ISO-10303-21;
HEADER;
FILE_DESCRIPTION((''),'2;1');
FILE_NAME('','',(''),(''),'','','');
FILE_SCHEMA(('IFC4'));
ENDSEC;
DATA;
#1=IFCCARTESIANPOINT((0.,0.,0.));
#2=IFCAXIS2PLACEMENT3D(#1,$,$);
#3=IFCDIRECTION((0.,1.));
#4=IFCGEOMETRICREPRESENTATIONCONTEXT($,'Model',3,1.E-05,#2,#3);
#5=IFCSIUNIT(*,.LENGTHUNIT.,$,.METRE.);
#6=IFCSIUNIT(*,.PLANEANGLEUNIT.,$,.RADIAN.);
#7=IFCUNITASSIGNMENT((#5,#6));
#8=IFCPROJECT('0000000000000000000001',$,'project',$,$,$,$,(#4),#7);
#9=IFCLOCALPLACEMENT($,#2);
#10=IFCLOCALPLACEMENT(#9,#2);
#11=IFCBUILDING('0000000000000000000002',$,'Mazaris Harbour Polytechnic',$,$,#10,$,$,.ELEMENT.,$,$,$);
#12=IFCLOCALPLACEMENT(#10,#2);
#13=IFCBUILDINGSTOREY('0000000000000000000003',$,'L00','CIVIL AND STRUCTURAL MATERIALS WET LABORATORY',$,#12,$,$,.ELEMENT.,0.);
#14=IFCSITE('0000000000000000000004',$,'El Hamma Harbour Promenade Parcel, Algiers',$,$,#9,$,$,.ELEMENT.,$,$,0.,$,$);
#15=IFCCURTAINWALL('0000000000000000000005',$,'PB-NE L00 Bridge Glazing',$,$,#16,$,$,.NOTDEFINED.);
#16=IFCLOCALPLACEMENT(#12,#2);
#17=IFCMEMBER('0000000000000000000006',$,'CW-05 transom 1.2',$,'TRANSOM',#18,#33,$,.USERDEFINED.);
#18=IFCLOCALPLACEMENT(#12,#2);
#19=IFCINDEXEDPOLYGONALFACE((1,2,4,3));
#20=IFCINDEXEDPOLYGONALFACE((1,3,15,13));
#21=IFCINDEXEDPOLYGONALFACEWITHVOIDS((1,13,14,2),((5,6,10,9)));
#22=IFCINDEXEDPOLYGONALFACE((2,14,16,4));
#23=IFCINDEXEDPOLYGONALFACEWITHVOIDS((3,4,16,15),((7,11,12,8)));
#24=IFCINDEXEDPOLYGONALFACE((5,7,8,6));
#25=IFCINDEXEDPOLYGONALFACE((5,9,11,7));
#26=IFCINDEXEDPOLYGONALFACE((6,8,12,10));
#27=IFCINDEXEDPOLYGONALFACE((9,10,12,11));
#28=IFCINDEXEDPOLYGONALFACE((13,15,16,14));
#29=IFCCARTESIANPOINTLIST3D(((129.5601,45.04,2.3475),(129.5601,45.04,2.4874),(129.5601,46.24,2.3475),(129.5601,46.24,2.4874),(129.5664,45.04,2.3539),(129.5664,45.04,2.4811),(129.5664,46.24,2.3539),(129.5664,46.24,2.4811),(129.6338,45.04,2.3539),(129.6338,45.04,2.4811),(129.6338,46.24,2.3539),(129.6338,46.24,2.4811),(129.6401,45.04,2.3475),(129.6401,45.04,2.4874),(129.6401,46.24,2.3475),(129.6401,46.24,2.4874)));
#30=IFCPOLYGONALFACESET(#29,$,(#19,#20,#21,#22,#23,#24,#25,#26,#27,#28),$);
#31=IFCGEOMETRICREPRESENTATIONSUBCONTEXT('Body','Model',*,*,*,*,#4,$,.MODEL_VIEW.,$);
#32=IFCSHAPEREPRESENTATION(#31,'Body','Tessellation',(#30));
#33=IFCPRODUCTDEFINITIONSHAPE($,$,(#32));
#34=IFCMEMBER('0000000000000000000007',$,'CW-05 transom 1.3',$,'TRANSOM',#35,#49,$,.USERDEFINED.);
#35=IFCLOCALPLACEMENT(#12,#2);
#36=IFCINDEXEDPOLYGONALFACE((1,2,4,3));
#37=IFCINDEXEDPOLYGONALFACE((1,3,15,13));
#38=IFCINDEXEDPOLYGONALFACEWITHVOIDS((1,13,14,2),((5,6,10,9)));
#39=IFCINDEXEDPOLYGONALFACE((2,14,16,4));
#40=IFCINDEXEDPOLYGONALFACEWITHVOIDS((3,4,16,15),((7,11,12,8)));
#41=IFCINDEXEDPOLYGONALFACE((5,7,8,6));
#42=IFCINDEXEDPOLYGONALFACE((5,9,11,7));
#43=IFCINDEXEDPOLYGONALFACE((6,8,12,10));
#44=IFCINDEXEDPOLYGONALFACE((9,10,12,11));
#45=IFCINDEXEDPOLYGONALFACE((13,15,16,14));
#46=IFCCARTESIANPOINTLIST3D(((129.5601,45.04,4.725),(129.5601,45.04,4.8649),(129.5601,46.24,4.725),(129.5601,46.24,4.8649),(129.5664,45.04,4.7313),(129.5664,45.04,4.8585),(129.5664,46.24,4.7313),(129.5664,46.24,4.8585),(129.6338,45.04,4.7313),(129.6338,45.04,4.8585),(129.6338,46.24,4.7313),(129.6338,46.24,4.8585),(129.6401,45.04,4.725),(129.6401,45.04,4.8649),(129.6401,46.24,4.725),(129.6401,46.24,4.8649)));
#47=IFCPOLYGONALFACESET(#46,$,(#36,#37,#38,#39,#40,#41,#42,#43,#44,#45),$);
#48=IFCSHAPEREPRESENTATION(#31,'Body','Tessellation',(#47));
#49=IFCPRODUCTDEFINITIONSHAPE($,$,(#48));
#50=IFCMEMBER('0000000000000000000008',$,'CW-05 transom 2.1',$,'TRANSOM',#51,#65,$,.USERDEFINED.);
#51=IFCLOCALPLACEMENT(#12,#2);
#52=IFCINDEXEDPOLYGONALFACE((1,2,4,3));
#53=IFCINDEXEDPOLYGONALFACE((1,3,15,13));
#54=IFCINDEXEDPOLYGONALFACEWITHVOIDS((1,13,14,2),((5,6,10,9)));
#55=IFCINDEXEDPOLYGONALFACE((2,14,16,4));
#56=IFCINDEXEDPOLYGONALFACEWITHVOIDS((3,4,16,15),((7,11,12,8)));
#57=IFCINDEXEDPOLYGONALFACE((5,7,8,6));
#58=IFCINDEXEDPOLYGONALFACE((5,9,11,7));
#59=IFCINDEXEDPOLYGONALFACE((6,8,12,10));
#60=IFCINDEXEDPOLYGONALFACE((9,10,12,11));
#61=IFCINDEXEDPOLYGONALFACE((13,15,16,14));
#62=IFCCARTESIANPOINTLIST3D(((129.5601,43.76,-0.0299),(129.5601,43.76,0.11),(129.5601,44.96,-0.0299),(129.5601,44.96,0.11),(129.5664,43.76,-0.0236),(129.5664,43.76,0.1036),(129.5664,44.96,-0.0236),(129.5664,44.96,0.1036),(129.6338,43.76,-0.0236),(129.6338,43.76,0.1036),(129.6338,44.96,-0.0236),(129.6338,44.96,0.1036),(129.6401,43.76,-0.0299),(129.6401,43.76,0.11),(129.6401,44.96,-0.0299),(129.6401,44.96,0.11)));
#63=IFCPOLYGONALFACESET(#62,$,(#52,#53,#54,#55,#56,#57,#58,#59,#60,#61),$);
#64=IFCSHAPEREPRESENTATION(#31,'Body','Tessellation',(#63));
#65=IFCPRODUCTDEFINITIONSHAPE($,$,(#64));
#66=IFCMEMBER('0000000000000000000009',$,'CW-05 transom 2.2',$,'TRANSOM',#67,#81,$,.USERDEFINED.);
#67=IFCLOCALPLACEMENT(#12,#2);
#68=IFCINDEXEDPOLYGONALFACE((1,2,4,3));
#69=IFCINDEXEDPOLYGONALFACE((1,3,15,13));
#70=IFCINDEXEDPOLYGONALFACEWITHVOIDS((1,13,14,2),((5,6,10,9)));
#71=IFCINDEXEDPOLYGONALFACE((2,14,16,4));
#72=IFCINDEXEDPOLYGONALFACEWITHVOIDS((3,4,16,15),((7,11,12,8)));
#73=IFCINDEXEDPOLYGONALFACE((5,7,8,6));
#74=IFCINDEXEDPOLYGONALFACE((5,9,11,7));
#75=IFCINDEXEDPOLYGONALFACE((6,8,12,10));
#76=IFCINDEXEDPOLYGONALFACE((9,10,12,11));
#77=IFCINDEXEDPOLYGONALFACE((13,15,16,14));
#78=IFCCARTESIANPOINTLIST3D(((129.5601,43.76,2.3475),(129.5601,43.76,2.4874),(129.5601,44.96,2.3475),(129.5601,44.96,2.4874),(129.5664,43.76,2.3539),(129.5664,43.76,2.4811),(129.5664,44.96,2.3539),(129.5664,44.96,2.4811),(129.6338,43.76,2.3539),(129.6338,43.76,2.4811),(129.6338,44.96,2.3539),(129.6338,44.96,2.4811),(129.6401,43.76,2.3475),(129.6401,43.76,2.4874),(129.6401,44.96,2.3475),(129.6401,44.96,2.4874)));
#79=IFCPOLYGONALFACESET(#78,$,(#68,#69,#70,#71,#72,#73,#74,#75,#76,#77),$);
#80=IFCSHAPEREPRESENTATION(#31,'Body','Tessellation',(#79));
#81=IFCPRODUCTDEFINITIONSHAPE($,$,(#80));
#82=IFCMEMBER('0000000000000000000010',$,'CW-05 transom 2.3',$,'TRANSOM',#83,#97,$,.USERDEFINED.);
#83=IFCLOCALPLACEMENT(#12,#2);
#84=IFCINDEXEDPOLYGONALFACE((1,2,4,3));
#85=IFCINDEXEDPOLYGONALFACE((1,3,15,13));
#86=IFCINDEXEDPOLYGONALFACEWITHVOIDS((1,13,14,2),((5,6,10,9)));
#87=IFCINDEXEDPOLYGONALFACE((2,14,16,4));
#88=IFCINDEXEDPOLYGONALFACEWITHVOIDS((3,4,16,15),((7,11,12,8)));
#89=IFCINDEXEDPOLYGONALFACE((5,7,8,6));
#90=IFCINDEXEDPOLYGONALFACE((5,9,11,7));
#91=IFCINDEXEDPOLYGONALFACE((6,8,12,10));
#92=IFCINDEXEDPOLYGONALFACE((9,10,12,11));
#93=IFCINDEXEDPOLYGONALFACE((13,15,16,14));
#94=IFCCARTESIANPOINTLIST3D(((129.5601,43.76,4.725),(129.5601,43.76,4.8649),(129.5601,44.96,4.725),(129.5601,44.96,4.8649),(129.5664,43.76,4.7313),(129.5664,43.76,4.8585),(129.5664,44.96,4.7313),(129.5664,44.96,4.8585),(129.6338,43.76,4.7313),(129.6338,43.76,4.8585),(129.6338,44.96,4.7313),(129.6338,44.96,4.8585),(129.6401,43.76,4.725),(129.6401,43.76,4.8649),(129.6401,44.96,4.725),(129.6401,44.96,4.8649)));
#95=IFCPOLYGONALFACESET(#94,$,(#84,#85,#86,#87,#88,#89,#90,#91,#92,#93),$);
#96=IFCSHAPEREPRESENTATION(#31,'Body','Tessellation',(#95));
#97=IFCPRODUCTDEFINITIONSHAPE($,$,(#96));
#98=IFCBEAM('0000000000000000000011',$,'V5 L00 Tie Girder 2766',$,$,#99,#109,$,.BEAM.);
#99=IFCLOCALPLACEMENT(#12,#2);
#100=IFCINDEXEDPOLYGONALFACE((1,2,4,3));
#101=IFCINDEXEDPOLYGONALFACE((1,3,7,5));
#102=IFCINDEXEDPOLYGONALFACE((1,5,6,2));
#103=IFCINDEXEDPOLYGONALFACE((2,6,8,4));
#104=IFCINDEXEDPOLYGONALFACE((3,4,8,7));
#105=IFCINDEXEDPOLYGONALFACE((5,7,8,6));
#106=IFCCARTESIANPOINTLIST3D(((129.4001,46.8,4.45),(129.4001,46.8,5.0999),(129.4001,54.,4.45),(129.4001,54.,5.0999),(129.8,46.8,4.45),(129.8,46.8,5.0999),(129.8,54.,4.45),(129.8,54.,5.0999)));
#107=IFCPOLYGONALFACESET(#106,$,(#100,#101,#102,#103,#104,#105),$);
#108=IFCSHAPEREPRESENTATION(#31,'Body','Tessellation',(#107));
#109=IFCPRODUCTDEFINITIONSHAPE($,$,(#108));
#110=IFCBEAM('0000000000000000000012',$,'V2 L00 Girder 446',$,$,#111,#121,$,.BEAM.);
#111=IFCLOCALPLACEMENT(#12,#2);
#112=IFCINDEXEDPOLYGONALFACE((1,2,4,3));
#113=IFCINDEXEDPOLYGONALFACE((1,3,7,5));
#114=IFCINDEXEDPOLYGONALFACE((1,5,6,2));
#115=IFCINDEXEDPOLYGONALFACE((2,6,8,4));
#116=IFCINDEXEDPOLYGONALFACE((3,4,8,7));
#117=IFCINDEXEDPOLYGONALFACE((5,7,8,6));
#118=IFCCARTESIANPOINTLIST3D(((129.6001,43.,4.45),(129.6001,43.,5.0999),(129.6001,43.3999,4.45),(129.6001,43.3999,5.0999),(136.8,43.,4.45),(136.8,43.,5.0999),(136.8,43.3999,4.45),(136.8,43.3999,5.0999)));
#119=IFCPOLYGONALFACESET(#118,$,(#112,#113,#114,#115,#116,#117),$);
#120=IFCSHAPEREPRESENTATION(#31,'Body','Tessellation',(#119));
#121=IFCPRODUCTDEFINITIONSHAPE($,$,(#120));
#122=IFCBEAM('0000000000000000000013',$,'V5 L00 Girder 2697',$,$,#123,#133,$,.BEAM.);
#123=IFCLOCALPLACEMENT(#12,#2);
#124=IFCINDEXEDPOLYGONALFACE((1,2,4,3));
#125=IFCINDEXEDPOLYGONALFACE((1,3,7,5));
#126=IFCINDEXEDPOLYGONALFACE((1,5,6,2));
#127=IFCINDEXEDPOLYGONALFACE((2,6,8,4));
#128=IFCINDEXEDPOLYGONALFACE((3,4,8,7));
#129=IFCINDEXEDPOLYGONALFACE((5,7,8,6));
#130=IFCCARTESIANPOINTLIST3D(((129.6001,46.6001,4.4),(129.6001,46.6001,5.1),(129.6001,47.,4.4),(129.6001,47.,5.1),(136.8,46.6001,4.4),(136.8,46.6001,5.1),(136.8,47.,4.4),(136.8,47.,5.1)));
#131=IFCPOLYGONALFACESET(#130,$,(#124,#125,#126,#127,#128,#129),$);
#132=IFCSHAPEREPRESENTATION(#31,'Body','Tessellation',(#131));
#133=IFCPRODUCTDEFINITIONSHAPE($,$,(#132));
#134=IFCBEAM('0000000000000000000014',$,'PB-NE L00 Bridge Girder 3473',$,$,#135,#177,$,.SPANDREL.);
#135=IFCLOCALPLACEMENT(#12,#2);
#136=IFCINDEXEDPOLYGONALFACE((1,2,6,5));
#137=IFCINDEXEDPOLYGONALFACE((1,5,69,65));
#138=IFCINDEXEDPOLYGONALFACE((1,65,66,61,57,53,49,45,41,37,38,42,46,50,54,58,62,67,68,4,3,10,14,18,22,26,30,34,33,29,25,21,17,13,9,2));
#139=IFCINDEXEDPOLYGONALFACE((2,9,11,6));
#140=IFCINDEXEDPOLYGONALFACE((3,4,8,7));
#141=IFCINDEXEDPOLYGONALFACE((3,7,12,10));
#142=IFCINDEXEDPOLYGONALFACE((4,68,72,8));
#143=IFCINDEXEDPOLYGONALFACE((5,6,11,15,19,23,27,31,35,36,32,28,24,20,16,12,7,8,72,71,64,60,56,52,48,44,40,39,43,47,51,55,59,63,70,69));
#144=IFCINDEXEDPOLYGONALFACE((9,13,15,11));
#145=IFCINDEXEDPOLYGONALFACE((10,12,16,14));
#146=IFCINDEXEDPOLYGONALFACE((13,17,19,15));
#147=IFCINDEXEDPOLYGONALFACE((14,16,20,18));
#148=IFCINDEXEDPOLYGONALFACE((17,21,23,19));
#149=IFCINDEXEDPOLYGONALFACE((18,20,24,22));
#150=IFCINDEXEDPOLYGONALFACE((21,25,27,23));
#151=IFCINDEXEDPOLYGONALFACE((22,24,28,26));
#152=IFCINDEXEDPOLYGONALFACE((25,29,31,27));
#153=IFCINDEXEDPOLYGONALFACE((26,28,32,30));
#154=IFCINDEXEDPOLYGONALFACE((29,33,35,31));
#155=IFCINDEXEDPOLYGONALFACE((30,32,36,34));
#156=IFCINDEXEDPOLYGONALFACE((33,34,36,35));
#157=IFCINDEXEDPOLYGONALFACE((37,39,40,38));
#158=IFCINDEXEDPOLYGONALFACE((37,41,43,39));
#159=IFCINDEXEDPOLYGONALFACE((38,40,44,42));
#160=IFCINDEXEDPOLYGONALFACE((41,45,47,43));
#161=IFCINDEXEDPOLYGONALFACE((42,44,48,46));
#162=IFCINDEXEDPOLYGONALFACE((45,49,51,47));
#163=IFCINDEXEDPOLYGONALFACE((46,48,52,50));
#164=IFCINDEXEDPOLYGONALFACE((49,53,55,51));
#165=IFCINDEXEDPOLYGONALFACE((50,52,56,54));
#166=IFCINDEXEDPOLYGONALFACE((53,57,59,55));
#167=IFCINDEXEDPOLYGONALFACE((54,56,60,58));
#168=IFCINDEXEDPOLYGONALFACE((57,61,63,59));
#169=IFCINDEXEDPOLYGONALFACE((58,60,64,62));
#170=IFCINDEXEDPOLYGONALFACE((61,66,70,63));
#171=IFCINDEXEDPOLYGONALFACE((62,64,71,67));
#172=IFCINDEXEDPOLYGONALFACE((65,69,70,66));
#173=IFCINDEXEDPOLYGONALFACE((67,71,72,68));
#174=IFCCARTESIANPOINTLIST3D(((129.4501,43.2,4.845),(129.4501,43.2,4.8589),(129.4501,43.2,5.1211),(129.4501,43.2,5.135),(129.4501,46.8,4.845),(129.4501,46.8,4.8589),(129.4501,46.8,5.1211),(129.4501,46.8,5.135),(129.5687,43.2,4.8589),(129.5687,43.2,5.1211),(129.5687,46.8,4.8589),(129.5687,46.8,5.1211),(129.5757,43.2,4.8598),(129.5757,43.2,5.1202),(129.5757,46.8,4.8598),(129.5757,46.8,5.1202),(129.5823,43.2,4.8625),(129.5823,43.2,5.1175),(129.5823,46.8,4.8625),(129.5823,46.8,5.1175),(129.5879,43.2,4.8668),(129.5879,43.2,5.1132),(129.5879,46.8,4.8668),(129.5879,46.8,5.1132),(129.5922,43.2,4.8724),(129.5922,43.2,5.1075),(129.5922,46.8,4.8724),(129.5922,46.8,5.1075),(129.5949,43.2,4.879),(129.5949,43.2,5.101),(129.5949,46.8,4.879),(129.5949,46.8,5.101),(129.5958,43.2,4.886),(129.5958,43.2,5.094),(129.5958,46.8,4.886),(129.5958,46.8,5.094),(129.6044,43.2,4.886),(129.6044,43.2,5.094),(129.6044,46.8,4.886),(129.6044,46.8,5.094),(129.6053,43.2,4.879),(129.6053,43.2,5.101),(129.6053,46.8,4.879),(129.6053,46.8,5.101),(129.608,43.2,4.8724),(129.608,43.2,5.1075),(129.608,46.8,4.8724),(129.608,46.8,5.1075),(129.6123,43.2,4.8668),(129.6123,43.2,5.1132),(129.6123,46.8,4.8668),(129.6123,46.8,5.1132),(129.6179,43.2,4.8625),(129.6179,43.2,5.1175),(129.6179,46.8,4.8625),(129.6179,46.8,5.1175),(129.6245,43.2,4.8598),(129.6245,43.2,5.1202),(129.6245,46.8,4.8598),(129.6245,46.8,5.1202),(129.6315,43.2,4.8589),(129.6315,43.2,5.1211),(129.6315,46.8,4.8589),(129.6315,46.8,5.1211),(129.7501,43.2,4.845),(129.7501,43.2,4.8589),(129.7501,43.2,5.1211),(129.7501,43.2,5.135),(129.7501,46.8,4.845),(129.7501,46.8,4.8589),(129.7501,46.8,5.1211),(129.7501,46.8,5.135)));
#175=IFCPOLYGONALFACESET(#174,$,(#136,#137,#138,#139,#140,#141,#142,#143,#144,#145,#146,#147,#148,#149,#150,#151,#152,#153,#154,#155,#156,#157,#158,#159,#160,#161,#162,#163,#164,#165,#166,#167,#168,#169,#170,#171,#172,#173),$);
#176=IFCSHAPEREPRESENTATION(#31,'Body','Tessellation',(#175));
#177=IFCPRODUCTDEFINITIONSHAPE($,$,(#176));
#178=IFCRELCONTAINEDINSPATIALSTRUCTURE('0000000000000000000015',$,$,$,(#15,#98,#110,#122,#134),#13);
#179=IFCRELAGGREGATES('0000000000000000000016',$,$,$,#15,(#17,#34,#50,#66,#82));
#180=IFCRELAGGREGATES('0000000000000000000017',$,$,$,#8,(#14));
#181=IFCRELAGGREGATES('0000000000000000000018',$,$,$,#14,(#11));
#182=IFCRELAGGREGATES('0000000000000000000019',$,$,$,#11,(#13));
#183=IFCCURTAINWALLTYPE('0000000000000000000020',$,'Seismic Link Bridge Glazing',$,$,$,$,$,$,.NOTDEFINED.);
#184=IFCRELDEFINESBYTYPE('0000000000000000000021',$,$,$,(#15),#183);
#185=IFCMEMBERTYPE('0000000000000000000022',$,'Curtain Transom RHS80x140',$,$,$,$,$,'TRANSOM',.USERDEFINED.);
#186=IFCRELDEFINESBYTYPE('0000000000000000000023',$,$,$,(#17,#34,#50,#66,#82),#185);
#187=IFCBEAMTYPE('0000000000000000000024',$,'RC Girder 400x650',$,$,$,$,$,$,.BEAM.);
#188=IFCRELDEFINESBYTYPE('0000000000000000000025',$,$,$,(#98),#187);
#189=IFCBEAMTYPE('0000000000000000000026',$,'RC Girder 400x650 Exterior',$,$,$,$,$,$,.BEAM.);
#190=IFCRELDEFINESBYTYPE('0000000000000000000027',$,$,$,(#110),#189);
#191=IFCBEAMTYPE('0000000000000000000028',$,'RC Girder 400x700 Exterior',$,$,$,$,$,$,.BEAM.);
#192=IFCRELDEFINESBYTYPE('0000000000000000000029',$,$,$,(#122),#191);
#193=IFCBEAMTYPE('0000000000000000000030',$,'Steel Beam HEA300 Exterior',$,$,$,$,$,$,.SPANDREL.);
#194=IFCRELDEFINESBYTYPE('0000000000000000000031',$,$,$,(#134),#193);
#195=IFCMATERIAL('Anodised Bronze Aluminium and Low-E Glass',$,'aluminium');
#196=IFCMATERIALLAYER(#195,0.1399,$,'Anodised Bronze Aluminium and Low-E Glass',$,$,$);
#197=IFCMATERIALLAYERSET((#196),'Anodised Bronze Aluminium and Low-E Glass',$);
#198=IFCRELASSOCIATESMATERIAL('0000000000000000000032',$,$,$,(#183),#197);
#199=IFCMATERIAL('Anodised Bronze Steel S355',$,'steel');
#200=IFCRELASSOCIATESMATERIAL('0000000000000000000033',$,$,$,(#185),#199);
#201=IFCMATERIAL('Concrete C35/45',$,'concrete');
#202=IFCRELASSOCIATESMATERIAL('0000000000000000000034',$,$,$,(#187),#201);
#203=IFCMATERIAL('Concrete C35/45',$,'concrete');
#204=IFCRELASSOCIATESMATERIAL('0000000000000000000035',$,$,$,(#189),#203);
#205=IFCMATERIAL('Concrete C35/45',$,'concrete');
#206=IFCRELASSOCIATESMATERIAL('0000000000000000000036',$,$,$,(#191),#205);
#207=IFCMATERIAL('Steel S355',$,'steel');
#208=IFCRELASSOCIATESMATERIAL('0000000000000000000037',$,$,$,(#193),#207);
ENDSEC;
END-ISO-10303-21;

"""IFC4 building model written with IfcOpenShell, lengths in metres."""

from ifc_helpers import new_model, si_unit, direction, frame, origin, origin_2d, place, context, subcontext, project, spatial, rectangle, hollow_rectangle, i_section, extrude, material, layer, layer_set, material_profile, profile_set, type_object, element, aggregate, save


model = new_model("IFC4")

# Units and contexts
model_context = context("Model", 3, precision=1e-05, world=origin(), true_north=direction((0.0, 1.0)))
body_context = subcontext(model_context, "Body", "Model", "MODEL_VIEW")
ifc_project = project(units=[si_unit("LENGTHUNIT", "METRE"), si_unit("PLANEANGLEUNIT", "RADIAN")], contexts=[model_context])

# Site, building, storey
site_placement = place(None, origin())
site = spatial("IfcSite", under=ifc_project, at=site_placement, Name="El Hamma Harbour Promenade Parcel, Algiers", CompositionType="ELEMENT", RefElevation=0.0)
building_placement = place(site_placement, origin())
building = spatial("IfcBuilding", under=site, at=building_placement, Name="Mazaris Harbour Polytechnic", CompositionType="ELEMENT")
storey_placement = place(building_placement, origin())
storey = spatial("IfcBuildingStorey", under=building, at=storey_placement, Name="L00", Description="CIVIL AND STRUCTURAL MATERIALS WET LABORATORY", CompositionType="ELEMENT", Elevation=0.0)

# Curtain wall
ifc_material_1 = material(Name="Anodised Bronze Aluminium and Low-E Glass", Category="aluminium")
ifc_layer_1 = layer(ifc_material_1, 0.1399, Name="Anodised Bronze Aluminium and Low-E Glass")
ifc_layer_set_1 = layer_set([ifc_layer_1], Name="Anodised Bronze Aluminium and Low-E Glass")
curtain_wall_type_1 = type_object("IfcCurtainWallType", Name="Seismic Link Bridge Glazing", PredefinedType="NOTDEFINED", material=ifc_layer_set_1)
curtain_wall_1_placement = place(storey_placement, origin())
curtain_wall_1 = element("IfcCurtainWall", 1, at=curtain_wall_1_placement, inside=storey, type_object=curtain_wall_type_1, Name="PB-NE L00 Bridge Glazing", PredefinedType="NOTDEFINED")

# Members
ifc_material_2 = material(Name="Anodised Bronze Steel S355", Category="steel")
ifc_material_profile_1 = material_profile(ifc_material_2, hollow_rectangle(XDim=0.0801, YDim=0.1399, WallThickness=0.0063, at=origin_2d()), Name="RHS 80x140x6.3")
ifc_profile_set_1 = profile_set([ifc_material_profile_1], Name="Anodised Bronze Steel S355")
member_type_1 = type_object("IfcMemberType", Name="Curtain Transom RHS80x140", ElementType="TRANSOM", PredefinedType="USERDEFINED", material=ifc_profile_set_1)
member_1_placement = place(storey_placement, frame((129.6001, 46.24, 2.4175), z_axis=(0.0, -1.0, 0.0), x_axis=(1.0, 0.0, 0.0)))
member_1 = element("IfcMember", 2, at=member_1_placement, type_object=member_type_1, Name="CW-05 transom 1.2", ObjectType="TRANSOM", PredefinedType="USERDEFINED", context=body_context, shape_type="SweptSolid", body=[
    extrude(hollow_rectangle(XDim=0.0801, YDim=0.1399, WallThickness=0.0063, at=origin_2d()), origin(), (0.0, 0.0, 1.0), 1.2),
])
member_2_placement = place(storey_placement, frame((129.6001, 46.24, 4.7949), z_axis=(0.0, -1.0, 0.0), x_axis=(1.0, 0.0, 0.0)))
member_2 = element("IfcMember", 3, at=member_2_placement, type_object=member_type_1, Name="CW-05 transom 1.3", ObjectType="TRANSOM", PredefinedType="USERDEFINED", context=body_context, shape_type="SweptSolid", body=[
    extrude(hollow_rectangle(XDim=0.0801, YDim=0.1399, WallThickness=0.0063, at=origin_2d()), origin(), (0.0, 0.0, 1.0), 1.2),
])
member_3_placement = place(storey_placement, frame((129.6001, 44.96, 0.04), z_axis=(0.0, -1.0, 0.0), x_axis=(1.0, 0.0, 0.0)))
member_3 = element("IfcMember", 4, at=member_3_placement, type_object=member_type_1, Name="CW-05 transom 2.1", ObjectType="TRANSOM", PredefinedType="USERDEFINED", context=body_context, shape_type="SweptSolid", body=[
    extrude(hollow_rectangle(XDim=0.0801, YDim=0.1399, WallThickness=0.0063, at=origin_2d()), origin(), (0.0, 0.0, 1.0), 1.2),
])
member_4_placement = place(storey_placement, frame((129.6001, 44.96, 2.4175), z_axis=(0.0, -1.0, 0.0), x_axis=(1.0, 0.0, 0.0)))
member_4 = element("IfcMember", 5, at=member_4_placement, type_object=member_type_1, Name="CW-05 transom 2.2", ObjectType="TRANSOM", PredefinedType="USERDEFINED", context=body_context, shape_type="SweptSolid", body=[
    extrude(hollow_rectangle(XDim=0.0801, YDim=0.1399, WallThickness=0.0063, at=origin_2d()), origin(), (0.0, 0.0, 1.0), 1.2),
])
member_5_placement = place(storey_placement, frame((129.6001, 44.96, 4.7949), z_axis=(0.0, -1.0, 0.0), x_axis=(1.0, 0.0, 0.0)))
member_5 = element("IfcMember", 6, at=member_5_placement, type_object=member_type_1, Name="CW-05 transom 2.3", ObjectType="TRANSOM", PredefinedType="USERDEFINED", context=body_context, shape_type="SweptSolid", body=[
    extrude(hollow_rectangle(XDim=0.0801, YDim=0.1399, WallThickness=0.0063, at=origin_2d()), origin(), (0.0, 0.0, 1.0), 1.2),
])

# Beams
ifc_material_3 = material(Name="Concrete C35/45", Category="concrete")
ifc_material_profile_2 = material_profile(ifc_material_3, rectangle(XDim=0.3999, YDim=0.6499, at=origin_2d()), Name="RECT400x650")
ifc_profile_set_2 = profile_set([ifc_material_profile_2], Name="Concrete C35/45")
beam_type_1 = type_object("IfcBeamType", Name="RC Girder 400x650", PredefinedType="BEAM", material=ifc_profile_set_2)
beam_1_placement = place(storey_placement, frame((129.6001, 46.8, 4.7749), z_axis=(0.0, 1.0, 0.0), x_axis=(-1.0, 0.0, 0.0)))
element("IfcBeam", 7, at=beam_1_placement, inside=storey, type_object=beam_type_1, Name="V5 L00 Tie Girder 2766", PredefinedType="BEAM", context=body_context, shape_type="SweptSolid", body=[
    extrude(rectangle(XDim=0.3999, YDim=0.6499, at=origin_2d()), origin(), (0.0, 0.0, 1.0), 7.2),
])
ifc_material_4 = material(Name="Concrete C35/45", Category="concrete")
ifc_material_profile_3 = material_profile(ifc_material_4, rectangle(XDim=0.3999, YDim=0.6499, at=origin_2d()), Name="RECT400x650")
ifc_profile_set_3 = profile_set([ifc_material_profile_3], Name="Concrete C35/45")
beam_type_2 = type_object("IfcBeamType", Name="RC Girder 400x650 Exterior", PredefinedType="BEAM", material=ifc_profile_set_3)
beam_2_placement = place(storey_placement, frame((129.6001, 43.2, 4.7749), z_axis=(1.0, 0.0, 0.0), x_axis=(0.0, 1.0, 0.0)))
element("IfcBeam", 8, at=beam_2_placement, inside=storey, type_object=beam_type_2, Name="V2 L00 Girder 446", PredefinedType="BEAM", context=body_context, shape_type="SweptSolid", body=[
    extrude(rectangle(XDim=0.3999, YDim=0.6499, at=origin_2d()), origin(), (0.0, 0.0, 1.0), 7.2),
])
ifc_material_5 = material(Name="Concrete C35/45", Category="concrete")
ifc_material_profile_4 = material_profile(ifc_material_5, rectangle(XDim=0.3999, YDim=0.7, at=origin_2d()), Name="RECT400x700")
ifc_profile_set_4 = profile_set([ifc_material_profile_4], Name="Concrete C35/45")
beam_type_3 = type_object("IfcBeamType", Name="RC Girder 400x700 Exterior", PredefinedType="BEAM", material=ifc_profile_set_4)
beam_3_placement = place(storey_placement, frame((129.6001, 46.8, 4.75), z_axis=(1.0, 0.0, 0.0), x_axis=(0.0, 1.0, 0.0)))
element("IfcBeam", 9, at=beam_3_placement, inside=storey, type_object=beam_type_3, Name="V5 L00 Girder 2697", PredefinedType="BEAM", context=body_context, shape_type="SweptSolid", body=[
    extrude(rectangle(XDim=0.3999, YDim=0.7, at=origin_2d()), origin(), (0.0, 0.0, 1.0), 7.2),
])
ifc_material_6 = material(Name="Steel S355", Category="steel")
ifc_material_profile_5 = material_profile(ifc_material_6, i_section(OverallWidth=0.3, OverallDepth=0.29, WebThickness=0.0085, FlangeThickness=0.0139, FilletRadius=0.0271, at=origin_2d()), Name="HEA 300")
ifc_profile_set_5 = profile_set([ifc_material_profile_5], Name="Steel S355")
beam_type_4 = type_object("IfcBeamType", Name="Steel Beam HEA300 Exterior", PredefinedType="SPANDREL", material=ifc_profile_set_5)
beam_4_placement = place(storey_placement, frame((129.6001, 43.2, 4.99), z_axis=(0.0, 1.0, 0.0), x_axis=(-1.0, 0.0, 0.0)))
element("IfcBeam", 10, at=beam_4_placement, inside=storey, type_object=beam_type_4, Name="PB-NE L00 Bridge Girder 3473", PredefinedType="SPANDREL", context=body_context, shape_type="SweptSolid", body=[
    extrude(i_section(OverallWidth=0.3, OverallDepth=0.29, WebThickness=0.0085, FlangeThickness=0.0139, FilletRadius=0.0271, at=origin_2d()), origin(), (0.0, 0.0, 1.0), 3.6001),
])

aggregate(curtain_wall_1, [member_1, member_2, member_3, member_4, member_5])

save(model, "model.ifc")
